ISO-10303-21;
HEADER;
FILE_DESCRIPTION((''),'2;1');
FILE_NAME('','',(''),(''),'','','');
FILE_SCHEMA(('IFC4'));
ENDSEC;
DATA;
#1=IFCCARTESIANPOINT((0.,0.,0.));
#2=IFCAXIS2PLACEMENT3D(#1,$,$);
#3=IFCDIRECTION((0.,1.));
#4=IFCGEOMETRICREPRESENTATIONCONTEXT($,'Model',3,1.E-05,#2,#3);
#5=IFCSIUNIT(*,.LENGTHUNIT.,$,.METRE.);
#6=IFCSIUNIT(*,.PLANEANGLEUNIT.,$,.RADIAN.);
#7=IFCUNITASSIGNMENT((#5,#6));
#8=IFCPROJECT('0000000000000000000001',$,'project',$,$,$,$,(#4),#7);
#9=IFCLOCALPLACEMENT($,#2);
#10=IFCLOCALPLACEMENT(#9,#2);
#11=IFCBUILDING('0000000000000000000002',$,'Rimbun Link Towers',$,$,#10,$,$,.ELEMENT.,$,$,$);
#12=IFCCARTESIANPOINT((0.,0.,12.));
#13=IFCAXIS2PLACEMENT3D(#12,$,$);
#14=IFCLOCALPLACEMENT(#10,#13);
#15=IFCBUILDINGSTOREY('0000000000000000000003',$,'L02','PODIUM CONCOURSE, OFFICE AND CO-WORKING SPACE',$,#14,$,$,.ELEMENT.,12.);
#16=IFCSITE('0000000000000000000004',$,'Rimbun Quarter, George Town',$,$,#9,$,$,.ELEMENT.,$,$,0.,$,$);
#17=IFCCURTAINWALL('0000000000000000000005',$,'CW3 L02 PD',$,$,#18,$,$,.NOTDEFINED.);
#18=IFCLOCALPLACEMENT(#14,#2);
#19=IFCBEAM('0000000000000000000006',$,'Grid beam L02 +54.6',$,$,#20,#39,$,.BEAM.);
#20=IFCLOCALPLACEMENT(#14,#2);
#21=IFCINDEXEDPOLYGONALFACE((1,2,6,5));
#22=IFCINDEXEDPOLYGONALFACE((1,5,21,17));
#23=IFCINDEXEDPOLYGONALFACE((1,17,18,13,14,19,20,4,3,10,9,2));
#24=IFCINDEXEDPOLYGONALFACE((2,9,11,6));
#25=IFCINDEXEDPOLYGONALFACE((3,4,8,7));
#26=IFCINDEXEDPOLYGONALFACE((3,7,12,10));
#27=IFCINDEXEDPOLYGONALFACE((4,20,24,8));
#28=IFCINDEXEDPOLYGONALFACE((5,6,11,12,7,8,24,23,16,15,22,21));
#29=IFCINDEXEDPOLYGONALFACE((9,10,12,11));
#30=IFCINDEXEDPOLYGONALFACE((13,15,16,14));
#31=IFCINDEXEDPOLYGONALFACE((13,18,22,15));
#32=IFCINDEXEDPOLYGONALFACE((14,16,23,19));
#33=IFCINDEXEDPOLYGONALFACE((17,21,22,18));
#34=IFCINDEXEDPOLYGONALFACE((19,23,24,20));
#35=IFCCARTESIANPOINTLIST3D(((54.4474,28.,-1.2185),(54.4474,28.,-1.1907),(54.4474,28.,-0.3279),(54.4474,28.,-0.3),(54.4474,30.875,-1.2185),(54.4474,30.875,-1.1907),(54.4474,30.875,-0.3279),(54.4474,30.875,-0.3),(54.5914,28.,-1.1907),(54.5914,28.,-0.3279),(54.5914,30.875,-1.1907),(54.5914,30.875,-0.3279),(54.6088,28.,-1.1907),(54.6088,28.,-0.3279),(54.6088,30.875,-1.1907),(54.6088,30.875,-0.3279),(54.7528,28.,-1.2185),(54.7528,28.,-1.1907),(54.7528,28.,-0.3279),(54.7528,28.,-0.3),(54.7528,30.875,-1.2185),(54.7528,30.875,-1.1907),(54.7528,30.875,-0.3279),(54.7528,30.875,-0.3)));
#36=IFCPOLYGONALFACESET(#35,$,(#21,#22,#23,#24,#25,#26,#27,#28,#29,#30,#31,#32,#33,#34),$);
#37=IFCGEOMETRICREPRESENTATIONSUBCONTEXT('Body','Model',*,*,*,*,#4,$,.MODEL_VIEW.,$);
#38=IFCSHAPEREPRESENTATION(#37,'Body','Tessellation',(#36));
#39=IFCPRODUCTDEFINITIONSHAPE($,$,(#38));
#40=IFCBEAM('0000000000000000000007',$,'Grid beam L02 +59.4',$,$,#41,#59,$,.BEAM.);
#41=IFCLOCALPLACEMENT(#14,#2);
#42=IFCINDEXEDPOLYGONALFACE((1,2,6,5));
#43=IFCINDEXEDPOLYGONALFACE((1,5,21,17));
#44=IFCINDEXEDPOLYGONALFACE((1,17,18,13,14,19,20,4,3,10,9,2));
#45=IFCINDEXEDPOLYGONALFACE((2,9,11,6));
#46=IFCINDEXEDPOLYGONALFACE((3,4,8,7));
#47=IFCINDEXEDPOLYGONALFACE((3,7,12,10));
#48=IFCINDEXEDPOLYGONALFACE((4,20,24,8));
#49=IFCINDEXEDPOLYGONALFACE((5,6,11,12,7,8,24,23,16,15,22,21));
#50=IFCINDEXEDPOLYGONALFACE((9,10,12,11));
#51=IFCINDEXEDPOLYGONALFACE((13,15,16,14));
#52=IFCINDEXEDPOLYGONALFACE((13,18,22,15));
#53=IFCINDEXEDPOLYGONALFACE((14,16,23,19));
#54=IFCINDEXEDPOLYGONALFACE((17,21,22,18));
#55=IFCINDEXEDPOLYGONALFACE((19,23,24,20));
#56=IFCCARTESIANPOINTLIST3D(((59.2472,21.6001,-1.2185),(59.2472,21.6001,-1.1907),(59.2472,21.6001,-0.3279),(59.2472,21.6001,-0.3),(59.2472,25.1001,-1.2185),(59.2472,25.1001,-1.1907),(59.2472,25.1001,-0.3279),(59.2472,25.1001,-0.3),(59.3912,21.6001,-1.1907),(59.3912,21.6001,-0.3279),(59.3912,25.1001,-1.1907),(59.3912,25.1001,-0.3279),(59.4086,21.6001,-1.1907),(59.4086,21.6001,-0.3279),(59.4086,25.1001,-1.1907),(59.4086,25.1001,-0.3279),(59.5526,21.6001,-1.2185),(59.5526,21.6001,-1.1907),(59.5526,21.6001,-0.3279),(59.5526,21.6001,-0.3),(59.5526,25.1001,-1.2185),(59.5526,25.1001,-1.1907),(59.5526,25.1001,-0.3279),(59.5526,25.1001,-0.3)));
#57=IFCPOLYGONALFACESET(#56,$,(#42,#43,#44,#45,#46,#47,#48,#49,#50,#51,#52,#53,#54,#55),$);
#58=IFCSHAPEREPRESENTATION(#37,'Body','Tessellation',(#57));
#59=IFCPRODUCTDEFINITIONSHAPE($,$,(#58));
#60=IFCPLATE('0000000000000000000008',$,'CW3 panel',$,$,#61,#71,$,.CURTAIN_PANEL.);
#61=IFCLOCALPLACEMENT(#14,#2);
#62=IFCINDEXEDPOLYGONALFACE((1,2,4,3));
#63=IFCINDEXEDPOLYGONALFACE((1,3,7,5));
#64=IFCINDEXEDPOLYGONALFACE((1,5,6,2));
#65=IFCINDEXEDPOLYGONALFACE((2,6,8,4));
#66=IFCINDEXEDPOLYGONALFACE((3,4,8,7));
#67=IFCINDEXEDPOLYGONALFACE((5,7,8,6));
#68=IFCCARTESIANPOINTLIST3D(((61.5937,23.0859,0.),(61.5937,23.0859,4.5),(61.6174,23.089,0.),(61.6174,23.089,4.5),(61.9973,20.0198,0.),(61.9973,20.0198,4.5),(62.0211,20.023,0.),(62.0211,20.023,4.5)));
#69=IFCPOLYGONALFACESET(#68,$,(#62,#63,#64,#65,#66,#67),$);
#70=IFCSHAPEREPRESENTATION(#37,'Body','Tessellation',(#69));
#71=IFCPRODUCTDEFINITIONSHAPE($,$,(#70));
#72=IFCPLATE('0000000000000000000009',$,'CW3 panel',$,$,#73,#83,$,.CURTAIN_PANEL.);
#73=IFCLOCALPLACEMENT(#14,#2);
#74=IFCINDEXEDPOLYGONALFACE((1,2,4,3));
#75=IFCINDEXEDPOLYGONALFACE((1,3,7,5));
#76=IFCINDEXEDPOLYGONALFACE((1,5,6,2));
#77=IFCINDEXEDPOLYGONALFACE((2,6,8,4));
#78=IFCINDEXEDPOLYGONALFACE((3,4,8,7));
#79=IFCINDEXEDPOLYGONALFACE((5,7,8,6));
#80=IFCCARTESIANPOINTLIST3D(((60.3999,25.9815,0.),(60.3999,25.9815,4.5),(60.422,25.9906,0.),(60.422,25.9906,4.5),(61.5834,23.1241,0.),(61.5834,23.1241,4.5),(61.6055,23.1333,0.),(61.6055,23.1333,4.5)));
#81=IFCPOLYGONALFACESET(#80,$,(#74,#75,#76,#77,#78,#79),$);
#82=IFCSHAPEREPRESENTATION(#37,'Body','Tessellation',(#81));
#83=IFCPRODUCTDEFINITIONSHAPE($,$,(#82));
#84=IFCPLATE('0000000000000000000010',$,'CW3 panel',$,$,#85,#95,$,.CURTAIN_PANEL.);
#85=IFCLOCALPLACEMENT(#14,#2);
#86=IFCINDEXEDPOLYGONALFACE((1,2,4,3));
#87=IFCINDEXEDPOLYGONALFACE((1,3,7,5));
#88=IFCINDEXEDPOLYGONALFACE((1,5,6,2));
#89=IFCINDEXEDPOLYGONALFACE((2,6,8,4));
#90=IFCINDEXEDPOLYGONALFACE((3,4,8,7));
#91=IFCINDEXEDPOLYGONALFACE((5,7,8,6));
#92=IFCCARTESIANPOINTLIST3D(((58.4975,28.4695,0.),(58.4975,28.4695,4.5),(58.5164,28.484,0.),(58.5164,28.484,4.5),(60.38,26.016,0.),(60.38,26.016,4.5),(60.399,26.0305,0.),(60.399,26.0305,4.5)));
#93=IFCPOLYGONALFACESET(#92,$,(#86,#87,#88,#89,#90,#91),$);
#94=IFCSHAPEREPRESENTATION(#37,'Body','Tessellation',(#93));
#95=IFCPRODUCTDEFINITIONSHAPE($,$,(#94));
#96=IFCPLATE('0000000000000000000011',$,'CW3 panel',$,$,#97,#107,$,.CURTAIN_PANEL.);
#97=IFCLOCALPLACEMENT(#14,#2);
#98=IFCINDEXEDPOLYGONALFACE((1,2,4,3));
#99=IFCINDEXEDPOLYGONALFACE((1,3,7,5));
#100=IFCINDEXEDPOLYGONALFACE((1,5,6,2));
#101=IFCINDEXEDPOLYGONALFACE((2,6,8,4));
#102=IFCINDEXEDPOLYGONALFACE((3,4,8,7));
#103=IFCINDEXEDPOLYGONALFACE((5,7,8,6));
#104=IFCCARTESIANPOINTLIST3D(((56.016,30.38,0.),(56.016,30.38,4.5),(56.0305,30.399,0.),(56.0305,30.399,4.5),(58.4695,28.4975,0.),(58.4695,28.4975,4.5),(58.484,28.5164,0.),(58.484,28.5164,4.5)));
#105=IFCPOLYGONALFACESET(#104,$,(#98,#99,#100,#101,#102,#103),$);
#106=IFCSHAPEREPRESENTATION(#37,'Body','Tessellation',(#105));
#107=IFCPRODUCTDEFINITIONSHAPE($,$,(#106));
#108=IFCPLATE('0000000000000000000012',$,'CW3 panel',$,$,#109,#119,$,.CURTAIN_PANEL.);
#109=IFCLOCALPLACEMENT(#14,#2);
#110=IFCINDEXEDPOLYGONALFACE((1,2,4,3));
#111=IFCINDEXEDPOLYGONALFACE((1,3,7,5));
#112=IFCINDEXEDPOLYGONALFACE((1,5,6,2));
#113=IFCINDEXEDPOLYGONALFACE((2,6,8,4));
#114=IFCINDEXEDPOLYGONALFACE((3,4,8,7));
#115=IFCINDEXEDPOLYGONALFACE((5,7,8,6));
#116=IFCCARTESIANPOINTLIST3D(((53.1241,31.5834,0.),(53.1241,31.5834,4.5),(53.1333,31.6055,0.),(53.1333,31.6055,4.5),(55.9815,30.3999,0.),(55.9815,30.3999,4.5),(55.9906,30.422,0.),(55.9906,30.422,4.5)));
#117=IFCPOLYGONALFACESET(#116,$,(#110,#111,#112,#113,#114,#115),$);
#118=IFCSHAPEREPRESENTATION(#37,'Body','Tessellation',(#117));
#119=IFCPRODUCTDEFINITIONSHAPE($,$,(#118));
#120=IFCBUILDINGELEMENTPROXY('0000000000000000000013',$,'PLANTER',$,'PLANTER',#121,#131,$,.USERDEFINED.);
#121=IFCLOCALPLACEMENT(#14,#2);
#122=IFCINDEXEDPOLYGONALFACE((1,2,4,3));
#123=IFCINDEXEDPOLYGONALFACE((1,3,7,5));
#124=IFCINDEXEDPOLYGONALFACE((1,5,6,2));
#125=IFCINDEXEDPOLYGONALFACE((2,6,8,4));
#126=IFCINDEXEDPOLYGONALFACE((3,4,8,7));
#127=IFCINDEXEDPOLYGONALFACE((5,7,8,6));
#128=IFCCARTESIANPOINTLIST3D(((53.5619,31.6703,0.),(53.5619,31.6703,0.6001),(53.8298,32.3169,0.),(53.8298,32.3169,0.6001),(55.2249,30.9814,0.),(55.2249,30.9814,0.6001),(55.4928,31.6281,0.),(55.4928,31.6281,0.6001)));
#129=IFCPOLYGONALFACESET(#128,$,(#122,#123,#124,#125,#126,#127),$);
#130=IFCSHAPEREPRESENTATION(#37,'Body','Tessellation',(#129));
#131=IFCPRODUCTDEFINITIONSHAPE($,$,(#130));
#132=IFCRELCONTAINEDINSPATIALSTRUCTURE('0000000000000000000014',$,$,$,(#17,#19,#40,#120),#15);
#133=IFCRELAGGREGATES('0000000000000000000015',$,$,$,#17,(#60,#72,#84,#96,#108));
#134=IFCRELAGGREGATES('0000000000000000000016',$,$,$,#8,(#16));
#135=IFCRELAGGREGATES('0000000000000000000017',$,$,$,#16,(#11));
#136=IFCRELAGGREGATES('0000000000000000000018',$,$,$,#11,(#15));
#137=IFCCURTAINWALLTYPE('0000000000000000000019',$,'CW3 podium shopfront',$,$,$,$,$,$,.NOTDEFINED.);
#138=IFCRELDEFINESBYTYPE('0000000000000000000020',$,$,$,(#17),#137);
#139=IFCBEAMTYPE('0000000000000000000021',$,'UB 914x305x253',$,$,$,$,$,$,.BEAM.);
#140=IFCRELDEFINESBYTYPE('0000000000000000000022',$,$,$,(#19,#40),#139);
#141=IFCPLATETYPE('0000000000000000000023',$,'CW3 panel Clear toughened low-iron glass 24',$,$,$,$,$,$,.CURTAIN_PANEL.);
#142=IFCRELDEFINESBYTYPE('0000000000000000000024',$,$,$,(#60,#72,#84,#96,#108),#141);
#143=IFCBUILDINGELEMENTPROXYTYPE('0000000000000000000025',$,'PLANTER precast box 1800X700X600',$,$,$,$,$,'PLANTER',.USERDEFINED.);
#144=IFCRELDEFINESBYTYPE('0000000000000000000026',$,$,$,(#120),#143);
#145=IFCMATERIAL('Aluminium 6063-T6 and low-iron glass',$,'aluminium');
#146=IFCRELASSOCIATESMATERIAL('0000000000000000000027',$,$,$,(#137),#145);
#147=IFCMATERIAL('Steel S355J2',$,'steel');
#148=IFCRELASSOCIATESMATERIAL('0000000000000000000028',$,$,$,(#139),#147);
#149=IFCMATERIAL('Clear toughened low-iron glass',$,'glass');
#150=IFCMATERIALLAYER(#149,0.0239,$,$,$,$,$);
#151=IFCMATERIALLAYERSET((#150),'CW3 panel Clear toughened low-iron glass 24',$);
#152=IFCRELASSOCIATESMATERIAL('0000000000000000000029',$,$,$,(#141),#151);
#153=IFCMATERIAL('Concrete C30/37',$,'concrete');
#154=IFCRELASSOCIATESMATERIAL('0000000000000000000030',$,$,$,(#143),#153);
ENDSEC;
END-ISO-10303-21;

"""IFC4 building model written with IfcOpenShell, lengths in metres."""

from ifc_helpers import new_model, si_unit, direction, frame, origin, origin_2d, place, context, subcontext, project, spatial, rectangle, i_section, extrude, material, layer, layer_set, material_profile, profile_set, type_object, element, aggregate, save


model = new_model("IFC4")

# Units and contexts
model_context = context("Model", 3, precision=1e-05, world=origin(), true_north=direction((0.0, 1.0)))
body_context = subcontext(model_context, "Body", "Model", "MODEL_VIEW")
ifc_project = project(units=[si_unit("LENGTHUNIT", "METRE"), si_unit("PLANEANGLEUNIT", "RADIAN")], contexts=[model_context])

# Site, building, storey
site_placement = place(None, origin())
site = spatial("IfcSite", under=ifc_project, at=site_placement, Name="Rimbun Quarter, George Town", CompositionType="ELEMENT", RefElevation=0.0)
building_placement = place(site_placement, origin())
building = spatial("IfcBuilding", under=site, at=building_placement, Name="Rimbun Link Towers", CompositionType="ELEMENT")
storey_placement = place(building_placement, frame((0.0, 0.0, 12.0)))
storey = spatial("IfcBuildingStorey", under=building, at=storey_placement, Name="L02", Description="PODIUM CONCOURSE, OFFICE AND CO-WORKING SPACE", CompositionType="ELEMENT", Elevation=12.0)

# Curtain wall
ifc_material_1 = material(Name="Aluminium 6063-T6 and low-iron glass", Category="aluminium")
curtain_wall_type = type_object("IfcCurtainWallType", Name="CW3 podium shopfront", PredefinedType="NOTDEFINED", material=ifc_material_1)
curtain_wall_placement = place(storey_placement, origin())
curtain_wall = element("IfcCurtainWall", 1, at=curtain_wall_placement, inside=storey, type_object=curtain_wall_type, Name="CW3 L02 PD", PredefinedType="NOTDEFINED")

# Beams
ifc_material_2 = material(Name="Steel S355J2", Category="steel")
ifc_material_profile_1 = material_profile(ifc_material_2, i_section(OverallWidth=0.3054, OverallDepth=0.9185, WebThickness=0.0173, FlangeThickness=0.0278, at=origin_2d()), Name="UB 914x305x253")
ifc_profile_set_1 = profile_set([ifc_material_profile_1], Name="Steel S355J2")
beam_type_1 = type_object("IfcBeamType", Name="UB 914x305x253", PredefinedType="BEAM", material=ifc_profile_set_1)
beam_1_placement = place(storey_placement, frame((54.6001, 28.0, -0.7593), z_axis=(0.0, 1.0, 0.0), x_axis=(-1.0, 0.0, 0.0)))
element("IfcBeam", 2, at=beam_1_placement, inside=storey, type_object=beam_type_1, Name="Grid beam L02 +54.6", PredefinedType="BEAM", context=body_context, shape_type="SweptSolid", body=[
    extrude(i_section(OverallWidth=0.3054, OverallDepth=0.9185, WebThickness=0.0173, FlangeThickness=0.0278, at=origin_2d()), origin(), (0.0, 0.0, 1.0), 2.875),
])
beam_2_placement = place(storey_placement, frame((59.3999, 21.6001, -0.7593), z_axis=(0.0, 1.0, 0.0), x_axis=(-1.0, 0.0, 0.0)))
element("IfcBeam", 3, at=beam_2_placement, inside=storey, type_object=beam_type_1, Name="Grid beam L02 +59.4", PredefinedType="BEAM", context=body_context, shape_type="SweptSolid", body=[
    extrude(i_section(OverallWidth=0.3054, OverallDepth=0.9185, WebThickness=0.0173, FlangeThickness=0.0278, at=origin_2d()), origin(), (0.0, 0.0, 1.0), 3.5),
])

# Plates
ifc_material_3 = material(Name="Clear toughened low-iron glass", Category="glass")
ifc_layer = layer(ifc_material_3, 0.0239)
ifc_layer_set = layer_set([ifc_layer], Name="CW3 panel Clear toughened low-iron glass 24")
plate_type = type_object("IfcPlateType", Name="CW3 panel Clear toughened low-iron glass 24", PredefinedType="CURTAIN_PANEL", material=ifc_layer_set)
plate_1_placement = place(storey_placement, frame((61.8074, 21.5544, 0.0), z_axis=(0.0, 0.0, 1.0), x_axis=(0.13053, -0.991444, 0.0)))
plate_1 = element("IfcPlate", 4, at=plate_1_placement, type_object=plate_type, Name="CW3 panel", PredefinedType="CURTAIN_PANEL", context=body_context, shape_type="SweptSolid", body=[
    extrude(rectangle(XDim=3.0925, YDim=0.0239, at=origin_2d()), origin(), (0.0, 0.0, 1.0), 4.5),
])
plate_2_placement = place(storey_placement, frame((61.0027, 24.5574, 0.0), z_axis=(0.0, 0.0, 1.0), x_axis=(0.382679, -0.923881, 0.0)))
plate_2 = element("IfcPlate", 5, at=plate_2_placement, type_object=plate_type, Name="CW3 panel", PredefinedType="CURTAIN_PANEL", context=body_context, shape_type="SweptSolid", body=[
    extrude(rectangle(XDim=3.0928, YDim=0.0239, at=origin_2d()), origin(), (0.0, 0.0, 1.0), 4.5),
])
plate_3_placement = place(storey_placement, frame((59.4482, 27.25, 0.0), z_axis=(0.0, 0.0, 1.0), x_axis=(0.608754, -0.793359, 0.0)))
plate_3 = element("IfcPlate", 6, at=plate_3_placement, type_object=plate_type, Name="CW3 panel", PredefinedType="CURTAIN_PANEL", context=body_context, shape_type="SweptSolid", body=[
    extrude(rectangle(XDim=3.0925, YDim=0.0239, at=origin_2d()), origin(), (0.0, 0.0, 1.0), 4.5),
])
plate_4_placement = place(storey_placement, frame((57.25, 29.4482, 0.0), z_axis=(0.0, 0.0, 1.0), x_axis=(0.793359, -0.608754, 0.0)))
plate_4 = element("IfcPlate", 7, at=plate_4_placement, type_object=plate_type, Name="CW3 panel", PredefinedType="CURTAIN_PANEL", context=body_context, shape_type="SweptSolid", body=[
    extrude(rectangle(XDim=3.0925, YDim=0.0239, at=origin_2d()), origin(), (0.0, 0.0, 1.0), 4.5),
])
plate_5_placement = place(storey_placement, frame((54.5574, 31.0027, 0.0), z_axis=(0.0, 0.0, 1.0), x_axis=(0.923881, -0.382679, 0.0)))
plate_5 = element("IfcPlate", 8, at=plate_5_placement, type_object=plate_type, Name="CW3 panel", PredefinedType="CURTAIN_PANEL", context=body_context, shape_type="SweptSolid", body=[
    extrude(rectangle(XDim=3.0928, YDim=0.0239, at=origin_2d()), origin(), (0.0, 0.0, 1.0), 4.5),
])
aggregate(curtain_wall, [plate_1, plate_2, plate_3, plate_4, plate_5])

# Building element proxy
ifc_material_4 = material(Name="Concrete C30/37", Category="concrete")
building_element_proxy_type = type_object("IfcBuildingElementProxyType", Name="PLANTER precast box 1800X700X600", ElementType="PLANTER", PredefinedType="USERDEFINED", material=ifc_material_4)
proxy_placement = place(storey_placement, frame((54.5273, 31.6492, 0.0), z_axis=(0.0, 0.0, 1.0), x_axis=(-0.923881, 0.382679, 0.0)))
element("IfcBuildingElementProxy", 9, at=proxy_placement, inside=storey, type_object=building_element_proxy_type, Name="PLANTER", ObjectType="PLANTER", PredefinedType="USERDEFINED", context=body_context, shape_type="SweptSolid", body=[
    extrude(rectangle(XDim=1.8, YDim=0.7, at=origin_2d()), origin(), (0.0, 0.0, 1.0), 0.6001),
])

save(model, "model.ifc")
